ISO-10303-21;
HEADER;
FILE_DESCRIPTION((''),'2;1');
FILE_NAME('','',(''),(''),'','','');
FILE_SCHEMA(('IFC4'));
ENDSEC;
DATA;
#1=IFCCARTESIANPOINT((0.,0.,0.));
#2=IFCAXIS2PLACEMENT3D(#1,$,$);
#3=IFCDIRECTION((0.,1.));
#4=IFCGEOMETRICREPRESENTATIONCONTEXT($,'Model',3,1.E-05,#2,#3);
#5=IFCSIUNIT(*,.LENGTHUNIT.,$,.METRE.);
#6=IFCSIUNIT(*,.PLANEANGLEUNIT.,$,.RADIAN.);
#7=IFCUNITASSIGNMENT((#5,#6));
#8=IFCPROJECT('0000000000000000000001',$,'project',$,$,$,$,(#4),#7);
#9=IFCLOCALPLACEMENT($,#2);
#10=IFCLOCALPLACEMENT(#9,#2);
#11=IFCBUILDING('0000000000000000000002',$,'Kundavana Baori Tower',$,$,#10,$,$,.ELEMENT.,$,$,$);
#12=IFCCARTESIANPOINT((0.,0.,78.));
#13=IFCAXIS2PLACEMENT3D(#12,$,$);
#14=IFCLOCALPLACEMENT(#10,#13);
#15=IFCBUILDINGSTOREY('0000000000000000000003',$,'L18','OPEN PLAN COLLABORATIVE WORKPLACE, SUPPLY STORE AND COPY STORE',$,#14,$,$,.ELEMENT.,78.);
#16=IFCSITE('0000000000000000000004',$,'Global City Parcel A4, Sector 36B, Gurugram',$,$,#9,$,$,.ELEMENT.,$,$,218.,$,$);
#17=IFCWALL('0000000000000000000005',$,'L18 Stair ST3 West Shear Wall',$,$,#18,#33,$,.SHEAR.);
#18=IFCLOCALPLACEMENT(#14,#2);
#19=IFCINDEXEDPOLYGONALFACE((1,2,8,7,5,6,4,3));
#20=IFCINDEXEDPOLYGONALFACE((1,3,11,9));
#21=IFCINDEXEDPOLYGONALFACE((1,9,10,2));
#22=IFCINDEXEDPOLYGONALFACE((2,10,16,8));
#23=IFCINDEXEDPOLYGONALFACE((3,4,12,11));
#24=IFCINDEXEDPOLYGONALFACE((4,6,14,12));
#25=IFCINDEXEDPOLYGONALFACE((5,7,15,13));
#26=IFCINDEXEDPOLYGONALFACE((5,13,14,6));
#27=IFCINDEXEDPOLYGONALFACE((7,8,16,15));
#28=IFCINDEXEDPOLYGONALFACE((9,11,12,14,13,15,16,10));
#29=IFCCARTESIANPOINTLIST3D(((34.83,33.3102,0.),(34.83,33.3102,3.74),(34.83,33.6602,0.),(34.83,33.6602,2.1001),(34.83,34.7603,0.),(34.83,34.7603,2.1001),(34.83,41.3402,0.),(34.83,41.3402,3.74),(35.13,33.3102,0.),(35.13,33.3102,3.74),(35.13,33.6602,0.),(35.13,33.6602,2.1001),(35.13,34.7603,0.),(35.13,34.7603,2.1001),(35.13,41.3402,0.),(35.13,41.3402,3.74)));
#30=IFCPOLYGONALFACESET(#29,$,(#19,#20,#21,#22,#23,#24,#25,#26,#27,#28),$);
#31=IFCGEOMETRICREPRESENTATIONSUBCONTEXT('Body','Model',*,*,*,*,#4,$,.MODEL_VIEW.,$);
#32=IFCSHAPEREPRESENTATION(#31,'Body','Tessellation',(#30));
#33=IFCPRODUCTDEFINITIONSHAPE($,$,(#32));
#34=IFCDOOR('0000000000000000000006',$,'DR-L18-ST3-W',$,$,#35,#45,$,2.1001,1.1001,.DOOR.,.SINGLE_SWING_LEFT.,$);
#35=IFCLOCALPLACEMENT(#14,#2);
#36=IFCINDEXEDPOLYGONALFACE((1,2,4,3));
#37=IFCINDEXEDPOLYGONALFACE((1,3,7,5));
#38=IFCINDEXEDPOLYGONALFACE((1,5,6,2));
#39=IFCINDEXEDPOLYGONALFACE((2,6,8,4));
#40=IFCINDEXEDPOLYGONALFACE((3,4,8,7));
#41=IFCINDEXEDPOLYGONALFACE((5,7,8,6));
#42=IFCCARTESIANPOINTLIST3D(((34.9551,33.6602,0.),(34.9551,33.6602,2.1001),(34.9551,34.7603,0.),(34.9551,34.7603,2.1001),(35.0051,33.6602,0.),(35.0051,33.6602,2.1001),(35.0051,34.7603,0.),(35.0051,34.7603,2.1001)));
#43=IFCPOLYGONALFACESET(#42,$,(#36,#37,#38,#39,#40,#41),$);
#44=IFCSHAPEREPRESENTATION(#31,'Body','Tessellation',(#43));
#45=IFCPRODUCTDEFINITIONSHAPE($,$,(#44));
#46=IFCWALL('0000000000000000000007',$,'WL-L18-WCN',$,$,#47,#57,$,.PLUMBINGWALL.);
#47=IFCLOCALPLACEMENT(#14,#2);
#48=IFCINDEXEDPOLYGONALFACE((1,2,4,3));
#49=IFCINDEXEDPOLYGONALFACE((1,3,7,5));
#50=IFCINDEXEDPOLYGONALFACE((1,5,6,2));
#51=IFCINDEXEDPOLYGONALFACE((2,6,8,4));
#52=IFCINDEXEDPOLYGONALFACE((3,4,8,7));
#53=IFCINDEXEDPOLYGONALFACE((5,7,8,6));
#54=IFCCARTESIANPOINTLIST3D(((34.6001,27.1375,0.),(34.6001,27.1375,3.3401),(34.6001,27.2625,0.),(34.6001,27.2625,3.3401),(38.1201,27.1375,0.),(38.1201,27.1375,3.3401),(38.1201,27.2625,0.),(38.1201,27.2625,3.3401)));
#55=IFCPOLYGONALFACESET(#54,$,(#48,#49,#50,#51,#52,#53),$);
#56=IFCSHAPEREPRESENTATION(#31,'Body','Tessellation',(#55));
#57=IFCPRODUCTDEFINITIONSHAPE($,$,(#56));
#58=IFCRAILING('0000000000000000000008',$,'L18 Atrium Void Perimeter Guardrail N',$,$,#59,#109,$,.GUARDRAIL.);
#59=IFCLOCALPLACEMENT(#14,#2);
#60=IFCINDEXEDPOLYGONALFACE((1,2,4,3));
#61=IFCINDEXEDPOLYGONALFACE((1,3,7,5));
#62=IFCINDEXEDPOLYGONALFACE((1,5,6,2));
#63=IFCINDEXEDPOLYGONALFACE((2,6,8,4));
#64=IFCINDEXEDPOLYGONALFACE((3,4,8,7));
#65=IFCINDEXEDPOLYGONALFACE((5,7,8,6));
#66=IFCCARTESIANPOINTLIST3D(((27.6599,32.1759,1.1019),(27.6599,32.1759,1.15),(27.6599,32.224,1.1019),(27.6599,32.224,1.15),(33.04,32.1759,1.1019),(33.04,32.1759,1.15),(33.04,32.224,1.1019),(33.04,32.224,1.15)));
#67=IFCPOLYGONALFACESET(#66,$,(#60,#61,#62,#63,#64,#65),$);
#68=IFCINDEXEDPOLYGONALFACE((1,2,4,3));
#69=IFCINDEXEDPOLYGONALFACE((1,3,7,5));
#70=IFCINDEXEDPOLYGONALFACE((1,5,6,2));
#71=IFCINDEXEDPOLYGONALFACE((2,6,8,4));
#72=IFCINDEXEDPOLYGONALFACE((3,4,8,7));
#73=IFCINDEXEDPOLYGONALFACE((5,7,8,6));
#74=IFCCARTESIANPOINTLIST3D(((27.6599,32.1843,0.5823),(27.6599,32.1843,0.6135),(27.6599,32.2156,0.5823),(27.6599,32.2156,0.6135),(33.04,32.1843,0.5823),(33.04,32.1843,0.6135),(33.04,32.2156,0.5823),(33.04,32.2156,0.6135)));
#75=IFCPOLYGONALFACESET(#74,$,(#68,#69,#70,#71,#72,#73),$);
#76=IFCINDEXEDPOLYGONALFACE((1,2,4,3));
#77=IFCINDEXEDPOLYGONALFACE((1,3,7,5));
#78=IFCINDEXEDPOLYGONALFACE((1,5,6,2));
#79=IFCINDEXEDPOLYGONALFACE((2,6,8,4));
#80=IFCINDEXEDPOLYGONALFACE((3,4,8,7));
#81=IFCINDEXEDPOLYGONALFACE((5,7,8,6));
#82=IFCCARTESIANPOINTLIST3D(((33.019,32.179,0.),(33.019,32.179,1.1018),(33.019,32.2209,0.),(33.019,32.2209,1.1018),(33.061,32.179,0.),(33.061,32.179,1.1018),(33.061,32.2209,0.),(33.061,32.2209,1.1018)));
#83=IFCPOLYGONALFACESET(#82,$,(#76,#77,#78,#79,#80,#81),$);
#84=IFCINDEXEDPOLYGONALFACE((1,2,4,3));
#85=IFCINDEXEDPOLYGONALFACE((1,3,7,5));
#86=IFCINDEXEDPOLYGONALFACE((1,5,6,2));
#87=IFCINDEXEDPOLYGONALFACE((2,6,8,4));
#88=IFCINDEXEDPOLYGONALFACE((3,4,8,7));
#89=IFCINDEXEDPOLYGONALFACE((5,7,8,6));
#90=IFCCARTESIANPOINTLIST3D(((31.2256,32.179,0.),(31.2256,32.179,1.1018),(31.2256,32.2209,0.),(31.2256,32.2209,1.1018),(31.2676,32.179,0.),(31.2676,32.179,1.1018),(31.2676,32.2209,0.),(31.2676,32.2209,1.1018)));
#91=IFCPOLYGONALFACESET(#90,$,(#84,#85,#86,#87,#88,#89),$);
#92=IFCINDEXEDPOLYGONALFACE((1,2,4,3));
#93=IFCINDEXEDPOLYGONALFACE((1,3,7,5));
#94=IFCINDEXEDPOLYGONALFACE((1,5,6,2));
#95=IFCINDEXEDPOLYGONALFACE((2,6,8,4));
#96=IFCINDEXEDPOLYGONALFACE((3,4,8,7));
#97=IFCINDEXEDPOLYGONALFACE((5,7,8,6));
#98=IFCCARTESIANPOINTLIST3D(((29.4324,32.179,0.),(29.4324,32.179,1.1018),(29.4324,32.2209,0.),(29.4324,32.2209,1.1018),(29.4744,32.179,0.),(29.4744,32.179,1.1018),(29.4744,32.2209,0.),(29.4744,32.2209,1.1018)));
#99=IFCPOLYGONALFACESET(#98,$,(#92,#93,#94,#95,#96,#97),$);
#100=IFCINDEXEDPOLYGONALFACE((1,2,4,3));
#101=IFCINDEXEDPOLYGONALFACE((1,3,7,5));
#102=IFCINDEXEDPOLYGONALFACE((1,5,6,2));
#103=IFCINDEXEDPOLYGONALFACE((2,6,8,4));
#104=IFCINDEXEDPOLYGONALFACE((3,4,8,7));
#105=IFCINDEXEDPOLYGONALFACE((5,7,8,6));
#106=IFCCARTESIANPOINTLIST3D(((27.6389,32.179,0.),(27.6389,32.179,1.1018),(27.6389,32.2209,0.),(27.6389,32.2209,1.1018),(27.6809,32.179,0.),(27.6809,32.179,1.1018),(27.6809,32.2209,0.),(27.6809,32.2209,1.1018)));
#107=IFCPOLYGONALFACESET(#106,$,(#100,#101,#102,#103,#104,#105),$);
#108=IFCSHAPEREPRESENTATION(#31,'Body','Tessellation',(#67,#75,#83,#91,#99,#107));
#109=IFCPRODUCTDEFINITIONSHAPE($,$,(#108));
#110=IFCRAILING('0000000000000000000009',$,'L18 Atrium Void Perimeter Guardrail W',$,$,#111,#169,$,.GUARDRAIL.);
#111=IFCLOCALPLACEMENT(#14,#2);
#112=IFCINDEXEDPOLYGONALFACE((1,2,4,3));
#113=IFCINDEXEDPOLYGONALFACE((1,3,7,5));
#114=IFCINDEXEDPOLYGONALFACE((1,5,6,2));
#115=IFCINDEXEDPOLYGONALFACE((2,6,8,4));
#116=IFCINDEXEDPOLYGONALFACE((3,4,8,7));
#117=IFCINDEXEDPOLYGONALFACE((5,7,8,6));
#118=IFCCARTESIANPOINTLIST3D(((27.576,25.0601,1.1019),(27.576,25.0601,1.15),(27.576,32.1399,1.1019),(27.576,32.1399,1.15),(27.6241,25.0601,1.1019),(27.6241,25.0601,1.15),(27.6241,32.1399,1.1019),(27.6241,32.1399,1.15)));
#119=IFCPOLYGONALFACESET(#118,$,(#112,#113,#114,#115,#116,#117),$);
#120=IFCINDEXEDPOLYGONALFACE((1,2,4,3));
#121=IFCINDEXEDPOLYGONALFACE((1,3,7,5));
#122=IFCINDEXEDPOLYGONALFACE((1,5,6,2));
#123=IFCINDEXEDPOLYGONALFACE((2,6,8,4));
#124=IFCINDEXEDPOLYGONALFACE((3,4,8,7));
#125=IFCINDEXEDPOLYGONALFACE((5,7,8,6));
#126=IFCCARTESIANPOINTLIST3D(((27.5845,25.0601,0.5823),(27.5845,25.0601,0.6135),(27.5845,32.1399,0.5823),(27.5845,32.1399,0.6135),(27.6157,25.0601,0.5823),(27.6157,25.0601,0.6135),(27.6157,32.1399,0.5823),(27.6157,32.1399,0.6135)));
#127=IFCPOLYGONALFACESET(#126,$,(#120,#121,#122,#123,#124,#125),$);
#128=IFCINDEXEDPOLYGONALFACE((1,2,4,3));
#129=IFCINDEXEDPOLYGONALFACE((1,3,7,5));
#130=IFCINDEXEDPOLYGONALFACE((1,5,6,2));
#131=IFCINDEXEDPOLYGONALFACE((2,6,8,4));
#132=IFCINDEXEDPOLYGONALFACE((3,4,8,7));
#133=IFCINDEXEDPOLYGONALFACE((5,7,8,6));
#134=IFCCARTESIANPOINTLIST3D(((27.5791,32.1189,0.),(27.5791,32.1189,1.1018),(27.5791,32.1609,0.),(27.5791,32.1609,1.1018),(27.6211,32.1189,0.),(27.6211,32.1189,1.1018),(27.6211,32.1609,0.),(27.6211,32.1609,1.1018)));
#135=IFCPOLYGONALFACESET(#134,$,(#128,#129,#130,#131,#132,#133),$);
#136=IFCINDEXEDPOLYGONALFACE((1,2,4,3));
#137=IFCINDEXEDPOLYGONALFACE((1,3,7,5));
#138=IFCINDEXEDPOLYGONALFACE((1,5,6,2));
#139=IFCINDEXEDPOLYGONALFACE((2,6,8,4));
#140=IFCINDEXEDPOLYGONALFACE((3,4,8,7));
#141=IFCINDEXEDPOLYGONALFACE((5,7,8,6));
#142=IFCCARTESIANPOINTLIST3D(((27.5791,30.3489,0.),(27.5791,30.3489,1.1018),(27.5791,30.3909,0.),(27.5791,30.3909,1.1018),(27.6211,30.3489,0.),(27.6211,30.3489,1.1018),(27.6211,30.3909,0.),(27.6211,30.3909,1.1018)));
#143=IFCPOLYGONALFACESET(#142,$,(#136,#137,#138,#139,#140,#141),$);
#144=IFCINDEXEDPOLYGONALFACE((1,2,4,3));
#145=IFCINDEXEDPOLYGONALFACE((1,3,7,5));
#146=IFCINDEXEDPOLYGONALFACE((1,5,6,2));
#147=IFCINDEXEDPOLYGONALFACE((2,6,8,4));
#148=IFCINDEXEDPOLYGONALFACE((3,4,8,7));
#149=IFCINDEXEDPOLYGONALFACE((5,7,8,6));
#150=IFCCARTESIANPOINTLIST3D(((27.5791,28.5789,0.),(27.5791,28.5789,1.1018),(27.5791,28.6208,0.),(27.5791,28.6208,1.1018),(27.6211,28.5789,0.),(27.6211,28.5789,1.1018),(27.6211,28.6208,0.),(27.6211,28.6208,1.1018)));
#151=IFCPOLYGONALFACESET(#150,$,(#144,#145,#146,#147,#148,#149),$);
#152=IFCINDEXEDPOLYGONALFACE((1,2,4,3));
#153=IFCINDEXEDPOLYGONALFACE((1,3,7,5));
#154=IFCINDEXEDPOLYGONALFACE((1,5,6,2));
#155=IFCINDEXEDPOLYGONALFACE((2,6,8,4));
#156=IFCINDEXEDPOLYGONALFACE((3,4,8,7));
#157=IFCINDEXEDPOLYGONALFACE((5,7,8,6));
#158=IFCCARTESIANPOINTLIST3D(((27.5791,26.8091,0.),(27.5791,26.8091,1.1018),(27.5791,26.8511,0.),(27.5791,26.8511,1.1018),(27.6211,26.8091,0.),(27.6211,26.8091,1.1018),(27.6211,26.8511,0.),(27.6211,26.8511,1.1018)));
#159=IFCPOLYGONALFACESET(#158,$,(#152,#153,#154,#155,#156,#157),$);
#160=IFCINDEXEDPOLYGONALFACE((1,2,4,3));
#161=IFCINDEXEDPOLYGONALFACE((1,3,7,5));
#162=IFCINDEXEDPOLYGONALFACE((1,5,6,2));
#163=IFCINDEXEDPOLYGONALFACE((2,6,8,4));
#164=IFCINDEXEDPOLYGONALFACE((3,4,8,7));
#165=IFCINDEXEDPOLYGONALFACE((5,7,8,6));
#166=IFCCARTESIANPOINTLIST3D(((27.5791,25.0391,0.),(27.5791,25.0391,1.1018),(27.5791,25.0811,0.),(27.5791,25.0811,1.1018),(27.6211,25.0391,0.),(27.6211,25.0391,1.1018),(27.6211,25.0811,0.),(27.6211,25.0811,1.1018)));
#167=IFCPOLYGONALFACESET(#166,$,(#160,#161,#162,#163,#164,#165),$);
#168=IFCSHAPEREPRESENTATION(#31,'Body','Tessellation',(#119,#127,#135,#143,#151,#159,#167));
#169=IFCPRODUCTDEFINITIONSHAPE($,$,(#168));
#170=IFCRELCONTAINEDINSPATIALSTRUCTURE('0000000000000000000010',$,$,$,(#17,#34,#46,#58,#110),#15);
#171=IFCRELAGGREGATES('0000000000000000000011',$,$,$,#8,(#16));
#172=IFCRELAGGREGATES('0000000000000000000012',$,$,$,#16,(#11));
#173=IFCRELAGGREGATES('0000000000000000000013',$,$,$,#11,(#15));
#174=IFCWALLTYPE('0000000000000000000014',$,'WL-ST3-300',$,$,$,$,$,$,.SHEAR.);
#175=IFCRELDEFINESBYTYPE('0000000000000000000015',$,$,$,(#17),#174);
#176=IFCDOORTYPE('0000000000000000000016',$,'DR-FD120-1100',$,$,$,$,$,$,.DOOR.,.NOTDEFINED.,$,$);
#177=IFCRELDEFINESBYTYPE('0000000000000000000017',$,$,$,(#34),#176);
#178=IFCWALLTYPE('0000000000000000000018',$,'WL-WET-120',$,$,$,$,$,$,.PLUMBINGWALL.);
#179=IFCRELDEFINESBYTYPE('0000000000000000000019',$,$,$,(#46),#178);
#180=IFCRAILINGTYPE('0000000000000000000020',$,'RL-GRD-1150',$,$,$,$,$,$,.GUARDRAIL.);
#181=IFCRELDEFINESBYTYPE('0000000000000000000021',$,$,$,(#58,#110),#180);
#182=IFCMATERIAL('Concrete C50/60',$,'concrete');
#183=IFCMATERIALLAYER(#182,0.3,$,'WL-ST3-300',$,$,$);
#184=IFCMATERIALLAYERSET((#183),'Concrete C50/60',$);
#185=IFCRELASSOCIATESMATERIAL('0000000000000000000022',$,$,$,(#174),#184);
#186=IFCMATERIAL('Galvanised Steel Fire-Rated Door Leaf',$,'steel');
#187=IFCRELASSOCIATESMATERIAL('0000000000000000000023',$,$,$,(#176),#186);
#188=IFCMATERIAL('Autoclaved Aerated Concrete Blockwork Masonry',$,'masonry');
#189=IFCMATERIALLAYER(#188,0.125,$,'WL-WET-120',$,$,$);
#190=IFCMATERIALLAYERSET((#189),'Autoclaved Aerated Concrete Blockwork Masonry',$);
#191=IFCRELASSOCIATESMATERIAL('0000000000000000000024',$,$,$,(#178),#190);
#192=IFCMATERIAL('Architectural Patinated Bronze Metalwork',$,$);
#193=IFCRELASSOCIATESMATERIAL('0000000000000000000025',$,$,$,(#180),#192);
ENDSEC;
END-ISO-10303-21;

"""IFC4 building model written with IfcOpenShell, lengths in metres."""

from ifc_helpers import new_model, si_unit, direction, frame, frame_2d, origin, origin_2d, place, context, subcontext, project, spatial, rectangle, extrude, material, layer, layer_set, type_object, element, fill, save


model = new_model("IFC4")

# Units and contexts
model_context = context("Model", 3, precision=1e-05, world=origin(), true_north=direction((0.0, 1.0)))
body_context = subcontext(model_context, "Body", "Model", "MODEL_VIEW")
ifc_project = project(units=[si_unit("LENGTHUNIT", "METRE"), si_unit("PLANEANGLEUNIT", "RADIAN")], contexts=[model_context])

# Site, building, storey
site_placement = place(None, origin())
site = spatial("IfcSite", under=ifc_project, at=site_placement, Name="Global City Parcel A4, Sector 36B, Gurugram", CompositionType="ELEMENT", RefElevation=218.0)
building_placement = place(site_placement, origin())
building = spatial("IfcBuilding", under=site, at=building_placement, Name="Kundavana Baori Tower", CompositionType="ELEMENT")
storey_placement = place(building_placement, frame((0.0, 0.0, 78.0)))
storey = spatial("IfcBuildingStorey", under=building, at=storey_placement, Name="L18", Description="OPEN PLAN COLLABORATIVE WORKPLACE, SUPPLY STORE AND COPY STORE", CompositionType="ELEMENT", Elevation=78.0)

# Shared definitions
ifc_material_1 = material(Name="Concrete C50/60", Category="concrete")
ifc_layer_1 = layer(ifc_material_1, 0.3, Name="WL-ST3-300")
ifc_layer_set_1 = layer_set([ifc_layer_1], Name="Concrete C50/60")
wall_type_1 = type_object("IfcWallType", Name="WL-ST3-300", PredefinedType="SHEAR", material=ifc_layer_set_1)

# Wall, opening, door
wall_1_placement = place(storey_placement, frame((34.98, 33.3101, 0.0), z_axis=(0.0, 0.0, 1.0), x_axis=(0.0, 1.0, 0.0)))
wall_1 = element("IfcWall", 1, at=wall_1_placement, inside=storey, type_object=wall_type_1, Name="L18 Stair ST3 West Shear Wall", PredefinedType="SHEAR", context=body_context, shape_type="SweptSolid", body=[
    extrude(rectangle(XDim=8.03, YDim=0.3, at=frame_2d((4.0151, 0.0))), origin(), (0.0, 0.0, 1.0), 3.74),
])
opening_1_placement = place(wall_1_placement, frame((0.3501, 0.0, 0.0)))
opening_1 = element("IfcOpeningElement", 2, at=opening_1_placement, cuts=wall_1, PredefinedType="OPENING", context=body_context, shape_type="SweptSolid", body=[
    extrude(rectangle(XDim=1.1001, YDim=2.1001, at=frame_2d((0.55, 1.05))), frame((0.0, 0.1602, 0.0), z_axis=(0.0, -1.0, 0.0), x_axis=(1.0, 0.0, 0.0)), (0.0, 0.0, 1.0), 0.3201),
])
ifc_material_2 = material(Name="Galvanised Steel Fire-Rated Door Leaf", Category="steel")
door_type_1 = type_object("IfcDoorType", Name="DR-FD120-1100", OperationType="NOTDEFINED", PredefinedType="DOOR", material=ifc_material_2)
door_1_placement = place(opening_1_placement, origin())
door_1 = element("IfcDoor", 3, at=door_1_placement, inside=storey, type_object=door_type_1, Name="DR-L18-ST3-W", OperationType="SINGLE_SWING_LEFT", OverallHeight=2.1001, OverallWidth=1.1001, PredefinedType="DOOR", context=body_context, shape_type="SweptSolid", body=[
    extrude(rectangle(XDim=1.1001, YDim=2.1001, at=frame_2d((0.55, 1.05))), frame((0.0, 0.0249, 0.0), z_axis=(0.0, -1.0, 0.0), x_axis=(1.0, 0.0, 0.0)), (0.0, 0.0, 1.0), 0.05),
])
fill(opening_1, door_1)

# Wall
ifc_material_3 = material(Name="Autoclaved Aerated Concrete Blockwork Masonry", Category="masonry")
ifc_layer_2 = layer(ifc_material_3, 0.125, Name="WL-WET-120")
ifc_layer_set_2 = layer_set([ifc_layer_2], Name="Autoclaved Aerated Concrete Blockwork Masonry")
wall_type_2 = type_object("IfcWallType", Name="WL-WET-120", PredefinedType="PLUMBINGWALL", material=ifc_layer_set_2)
wall_2_placement = place(storey_placement, frame((34.6001, 27.2, 0.0), z_axis=(0.0, 0.0, 1.0), x_axis=(1.0, 0.0, 0.0)))
element("IfcWall", 4, at=wall_2_placement, inside=storey, type_object=wall_type_2, Name="WL-L18-WCN", PredefinedType="PLUMBINGWALL", context=body_context, shape_type="SweptSolid", body=[
    extrude(rectangle(XDim=3.52, YDim=0.125, at=frame_2d((1.76, 0.0))), origin(), (0.0, 0.0, 1.0), 3.3401),
])

# Railings
ifc_material_4 = material(Name="Architectural Patinated Bronze Metalwork")
railing_type = type_object("IfcRailingType", Name="RL-GRD-1150", PredefinedType="GUARDRAIL", material=ifc_material_4)
railing_1_placement = place(storey_placement, frame((33.04, 32.2, 0.0)))
element("IfcRailing", 5, at=railing_1_placement, inside=storey, type_object=railing_type, Name="L18 Atrium Void Perimeter Guardrail N", PredefinedType="GUARDRAIL", context=body_context, shape_type="SweptSolid", body=[
    extrude(rectangle(XDim=0.0481, YDim=0.0481, at=origin_2d()), frame((0.0, 0.0, 1.126), z_axis=(-1.0, 0.0, 0.0), x_axis=(0.0, -1.0, 0.0)), (0.0, 0.0, 1.0), 5.3801),
    extrude(rectangle(XDim=0.0312, YDim=0.0312, at=origin_2d()), frame((0.0, 0.0, 0.5979), z_axis=(-1.0, 0.0, 0.0), x_axis=(0.0, -1.0, 0.0)), (0.0, 0.0, 1.0), 5.3801),
    extrude(rectangle(XDim=0.042, YDim=0.042, at=origin_2d()), origin(), (0.0, 0.0, 1.0), 1.1018),
    extrude(rectangle(XDim=0.042, YDim=0.042, at=origin_2d()), frame((-1.7935, 0.0, 0.0)), (0.0, 0.0, 1.0), 1.1018),
    extrude(rectangle(XDim=0.042, YDim=0.042, at=origin_2d()), frame((-3.5867, 0.0, 0.0)), (0.0, 0.0, 1.0), 1.1018),
    extrude(rectangle(XDim=0.042, YDim=0.042, at=origin_2d()), frame((-5.3801, 0.0, 0.0)), (0.0, 0.0, 1.0), 1.1018),
])
railing_2_placement = place(storey_placement, frame((27.6001, 32.1399, 0.0)))
element("IfcRailing", 6, at=railing_2_placement, inside=storey, type_object=railing_type, Name="L18 Atrium Void Perimeter Guardrail W", PredefinedType="GUARDRAIL", context=body_context, shape_type="SweptSolid", body=[
    extrude(rectangle(XDim=0.0481, YDim=0.0481, at=origin_2d()), frame((0.0, 0.0, 1.126), z_axis=(0.0, -1.0, 0.0), x_axis=(1.0, 0.0, 0.0)), (0.0, 0.0, 1.0), 7.0798),
    extrude(rectangle(XDim=0.0312, YDim=0.0312, at=origin_2d()), frame((0.0, 0.0, 0.5979), z_axis=(0.0, -1.0, 0.0), x_axis=(1.0, 0.0, 0.0)), (0.0, 0.0, 1.0), 7.0798),
    extrude(rectangle(XDim=0.042, YDim=0.042, at=origin_2d()), origin(), (0.0, 0.0, 1.0), 1.1018),
    extrude(rectangle(XDim=0.042, YDim=0.042, at=origin_2d()), frame((0.0, -1.77, 0.0)), (0.0, 0.0, 1.0), 1.1018),
    extrude(rectangle(XDim=0.042, YDim=0.042, at=origin_2d()), frame((0.0, -3.54, 0.0)), (0.0, 0.0, 1.0), 1.1018),
    extrude(rectangle(XDim=0.042, YDim=0.042, at=origin_2d()), frame((0.0, -5.3098, 0.0)), (0.0, 0.0, 1.0), 1.1018),
    extrude(rectangle(XDim=0.042, YDim=0.042, at=origin_2d()), frame((0.0, -7.0798, 0.0)), (0.0, 0.0, 1.0), 1.1018),
])

save(model, "model.ifc")
